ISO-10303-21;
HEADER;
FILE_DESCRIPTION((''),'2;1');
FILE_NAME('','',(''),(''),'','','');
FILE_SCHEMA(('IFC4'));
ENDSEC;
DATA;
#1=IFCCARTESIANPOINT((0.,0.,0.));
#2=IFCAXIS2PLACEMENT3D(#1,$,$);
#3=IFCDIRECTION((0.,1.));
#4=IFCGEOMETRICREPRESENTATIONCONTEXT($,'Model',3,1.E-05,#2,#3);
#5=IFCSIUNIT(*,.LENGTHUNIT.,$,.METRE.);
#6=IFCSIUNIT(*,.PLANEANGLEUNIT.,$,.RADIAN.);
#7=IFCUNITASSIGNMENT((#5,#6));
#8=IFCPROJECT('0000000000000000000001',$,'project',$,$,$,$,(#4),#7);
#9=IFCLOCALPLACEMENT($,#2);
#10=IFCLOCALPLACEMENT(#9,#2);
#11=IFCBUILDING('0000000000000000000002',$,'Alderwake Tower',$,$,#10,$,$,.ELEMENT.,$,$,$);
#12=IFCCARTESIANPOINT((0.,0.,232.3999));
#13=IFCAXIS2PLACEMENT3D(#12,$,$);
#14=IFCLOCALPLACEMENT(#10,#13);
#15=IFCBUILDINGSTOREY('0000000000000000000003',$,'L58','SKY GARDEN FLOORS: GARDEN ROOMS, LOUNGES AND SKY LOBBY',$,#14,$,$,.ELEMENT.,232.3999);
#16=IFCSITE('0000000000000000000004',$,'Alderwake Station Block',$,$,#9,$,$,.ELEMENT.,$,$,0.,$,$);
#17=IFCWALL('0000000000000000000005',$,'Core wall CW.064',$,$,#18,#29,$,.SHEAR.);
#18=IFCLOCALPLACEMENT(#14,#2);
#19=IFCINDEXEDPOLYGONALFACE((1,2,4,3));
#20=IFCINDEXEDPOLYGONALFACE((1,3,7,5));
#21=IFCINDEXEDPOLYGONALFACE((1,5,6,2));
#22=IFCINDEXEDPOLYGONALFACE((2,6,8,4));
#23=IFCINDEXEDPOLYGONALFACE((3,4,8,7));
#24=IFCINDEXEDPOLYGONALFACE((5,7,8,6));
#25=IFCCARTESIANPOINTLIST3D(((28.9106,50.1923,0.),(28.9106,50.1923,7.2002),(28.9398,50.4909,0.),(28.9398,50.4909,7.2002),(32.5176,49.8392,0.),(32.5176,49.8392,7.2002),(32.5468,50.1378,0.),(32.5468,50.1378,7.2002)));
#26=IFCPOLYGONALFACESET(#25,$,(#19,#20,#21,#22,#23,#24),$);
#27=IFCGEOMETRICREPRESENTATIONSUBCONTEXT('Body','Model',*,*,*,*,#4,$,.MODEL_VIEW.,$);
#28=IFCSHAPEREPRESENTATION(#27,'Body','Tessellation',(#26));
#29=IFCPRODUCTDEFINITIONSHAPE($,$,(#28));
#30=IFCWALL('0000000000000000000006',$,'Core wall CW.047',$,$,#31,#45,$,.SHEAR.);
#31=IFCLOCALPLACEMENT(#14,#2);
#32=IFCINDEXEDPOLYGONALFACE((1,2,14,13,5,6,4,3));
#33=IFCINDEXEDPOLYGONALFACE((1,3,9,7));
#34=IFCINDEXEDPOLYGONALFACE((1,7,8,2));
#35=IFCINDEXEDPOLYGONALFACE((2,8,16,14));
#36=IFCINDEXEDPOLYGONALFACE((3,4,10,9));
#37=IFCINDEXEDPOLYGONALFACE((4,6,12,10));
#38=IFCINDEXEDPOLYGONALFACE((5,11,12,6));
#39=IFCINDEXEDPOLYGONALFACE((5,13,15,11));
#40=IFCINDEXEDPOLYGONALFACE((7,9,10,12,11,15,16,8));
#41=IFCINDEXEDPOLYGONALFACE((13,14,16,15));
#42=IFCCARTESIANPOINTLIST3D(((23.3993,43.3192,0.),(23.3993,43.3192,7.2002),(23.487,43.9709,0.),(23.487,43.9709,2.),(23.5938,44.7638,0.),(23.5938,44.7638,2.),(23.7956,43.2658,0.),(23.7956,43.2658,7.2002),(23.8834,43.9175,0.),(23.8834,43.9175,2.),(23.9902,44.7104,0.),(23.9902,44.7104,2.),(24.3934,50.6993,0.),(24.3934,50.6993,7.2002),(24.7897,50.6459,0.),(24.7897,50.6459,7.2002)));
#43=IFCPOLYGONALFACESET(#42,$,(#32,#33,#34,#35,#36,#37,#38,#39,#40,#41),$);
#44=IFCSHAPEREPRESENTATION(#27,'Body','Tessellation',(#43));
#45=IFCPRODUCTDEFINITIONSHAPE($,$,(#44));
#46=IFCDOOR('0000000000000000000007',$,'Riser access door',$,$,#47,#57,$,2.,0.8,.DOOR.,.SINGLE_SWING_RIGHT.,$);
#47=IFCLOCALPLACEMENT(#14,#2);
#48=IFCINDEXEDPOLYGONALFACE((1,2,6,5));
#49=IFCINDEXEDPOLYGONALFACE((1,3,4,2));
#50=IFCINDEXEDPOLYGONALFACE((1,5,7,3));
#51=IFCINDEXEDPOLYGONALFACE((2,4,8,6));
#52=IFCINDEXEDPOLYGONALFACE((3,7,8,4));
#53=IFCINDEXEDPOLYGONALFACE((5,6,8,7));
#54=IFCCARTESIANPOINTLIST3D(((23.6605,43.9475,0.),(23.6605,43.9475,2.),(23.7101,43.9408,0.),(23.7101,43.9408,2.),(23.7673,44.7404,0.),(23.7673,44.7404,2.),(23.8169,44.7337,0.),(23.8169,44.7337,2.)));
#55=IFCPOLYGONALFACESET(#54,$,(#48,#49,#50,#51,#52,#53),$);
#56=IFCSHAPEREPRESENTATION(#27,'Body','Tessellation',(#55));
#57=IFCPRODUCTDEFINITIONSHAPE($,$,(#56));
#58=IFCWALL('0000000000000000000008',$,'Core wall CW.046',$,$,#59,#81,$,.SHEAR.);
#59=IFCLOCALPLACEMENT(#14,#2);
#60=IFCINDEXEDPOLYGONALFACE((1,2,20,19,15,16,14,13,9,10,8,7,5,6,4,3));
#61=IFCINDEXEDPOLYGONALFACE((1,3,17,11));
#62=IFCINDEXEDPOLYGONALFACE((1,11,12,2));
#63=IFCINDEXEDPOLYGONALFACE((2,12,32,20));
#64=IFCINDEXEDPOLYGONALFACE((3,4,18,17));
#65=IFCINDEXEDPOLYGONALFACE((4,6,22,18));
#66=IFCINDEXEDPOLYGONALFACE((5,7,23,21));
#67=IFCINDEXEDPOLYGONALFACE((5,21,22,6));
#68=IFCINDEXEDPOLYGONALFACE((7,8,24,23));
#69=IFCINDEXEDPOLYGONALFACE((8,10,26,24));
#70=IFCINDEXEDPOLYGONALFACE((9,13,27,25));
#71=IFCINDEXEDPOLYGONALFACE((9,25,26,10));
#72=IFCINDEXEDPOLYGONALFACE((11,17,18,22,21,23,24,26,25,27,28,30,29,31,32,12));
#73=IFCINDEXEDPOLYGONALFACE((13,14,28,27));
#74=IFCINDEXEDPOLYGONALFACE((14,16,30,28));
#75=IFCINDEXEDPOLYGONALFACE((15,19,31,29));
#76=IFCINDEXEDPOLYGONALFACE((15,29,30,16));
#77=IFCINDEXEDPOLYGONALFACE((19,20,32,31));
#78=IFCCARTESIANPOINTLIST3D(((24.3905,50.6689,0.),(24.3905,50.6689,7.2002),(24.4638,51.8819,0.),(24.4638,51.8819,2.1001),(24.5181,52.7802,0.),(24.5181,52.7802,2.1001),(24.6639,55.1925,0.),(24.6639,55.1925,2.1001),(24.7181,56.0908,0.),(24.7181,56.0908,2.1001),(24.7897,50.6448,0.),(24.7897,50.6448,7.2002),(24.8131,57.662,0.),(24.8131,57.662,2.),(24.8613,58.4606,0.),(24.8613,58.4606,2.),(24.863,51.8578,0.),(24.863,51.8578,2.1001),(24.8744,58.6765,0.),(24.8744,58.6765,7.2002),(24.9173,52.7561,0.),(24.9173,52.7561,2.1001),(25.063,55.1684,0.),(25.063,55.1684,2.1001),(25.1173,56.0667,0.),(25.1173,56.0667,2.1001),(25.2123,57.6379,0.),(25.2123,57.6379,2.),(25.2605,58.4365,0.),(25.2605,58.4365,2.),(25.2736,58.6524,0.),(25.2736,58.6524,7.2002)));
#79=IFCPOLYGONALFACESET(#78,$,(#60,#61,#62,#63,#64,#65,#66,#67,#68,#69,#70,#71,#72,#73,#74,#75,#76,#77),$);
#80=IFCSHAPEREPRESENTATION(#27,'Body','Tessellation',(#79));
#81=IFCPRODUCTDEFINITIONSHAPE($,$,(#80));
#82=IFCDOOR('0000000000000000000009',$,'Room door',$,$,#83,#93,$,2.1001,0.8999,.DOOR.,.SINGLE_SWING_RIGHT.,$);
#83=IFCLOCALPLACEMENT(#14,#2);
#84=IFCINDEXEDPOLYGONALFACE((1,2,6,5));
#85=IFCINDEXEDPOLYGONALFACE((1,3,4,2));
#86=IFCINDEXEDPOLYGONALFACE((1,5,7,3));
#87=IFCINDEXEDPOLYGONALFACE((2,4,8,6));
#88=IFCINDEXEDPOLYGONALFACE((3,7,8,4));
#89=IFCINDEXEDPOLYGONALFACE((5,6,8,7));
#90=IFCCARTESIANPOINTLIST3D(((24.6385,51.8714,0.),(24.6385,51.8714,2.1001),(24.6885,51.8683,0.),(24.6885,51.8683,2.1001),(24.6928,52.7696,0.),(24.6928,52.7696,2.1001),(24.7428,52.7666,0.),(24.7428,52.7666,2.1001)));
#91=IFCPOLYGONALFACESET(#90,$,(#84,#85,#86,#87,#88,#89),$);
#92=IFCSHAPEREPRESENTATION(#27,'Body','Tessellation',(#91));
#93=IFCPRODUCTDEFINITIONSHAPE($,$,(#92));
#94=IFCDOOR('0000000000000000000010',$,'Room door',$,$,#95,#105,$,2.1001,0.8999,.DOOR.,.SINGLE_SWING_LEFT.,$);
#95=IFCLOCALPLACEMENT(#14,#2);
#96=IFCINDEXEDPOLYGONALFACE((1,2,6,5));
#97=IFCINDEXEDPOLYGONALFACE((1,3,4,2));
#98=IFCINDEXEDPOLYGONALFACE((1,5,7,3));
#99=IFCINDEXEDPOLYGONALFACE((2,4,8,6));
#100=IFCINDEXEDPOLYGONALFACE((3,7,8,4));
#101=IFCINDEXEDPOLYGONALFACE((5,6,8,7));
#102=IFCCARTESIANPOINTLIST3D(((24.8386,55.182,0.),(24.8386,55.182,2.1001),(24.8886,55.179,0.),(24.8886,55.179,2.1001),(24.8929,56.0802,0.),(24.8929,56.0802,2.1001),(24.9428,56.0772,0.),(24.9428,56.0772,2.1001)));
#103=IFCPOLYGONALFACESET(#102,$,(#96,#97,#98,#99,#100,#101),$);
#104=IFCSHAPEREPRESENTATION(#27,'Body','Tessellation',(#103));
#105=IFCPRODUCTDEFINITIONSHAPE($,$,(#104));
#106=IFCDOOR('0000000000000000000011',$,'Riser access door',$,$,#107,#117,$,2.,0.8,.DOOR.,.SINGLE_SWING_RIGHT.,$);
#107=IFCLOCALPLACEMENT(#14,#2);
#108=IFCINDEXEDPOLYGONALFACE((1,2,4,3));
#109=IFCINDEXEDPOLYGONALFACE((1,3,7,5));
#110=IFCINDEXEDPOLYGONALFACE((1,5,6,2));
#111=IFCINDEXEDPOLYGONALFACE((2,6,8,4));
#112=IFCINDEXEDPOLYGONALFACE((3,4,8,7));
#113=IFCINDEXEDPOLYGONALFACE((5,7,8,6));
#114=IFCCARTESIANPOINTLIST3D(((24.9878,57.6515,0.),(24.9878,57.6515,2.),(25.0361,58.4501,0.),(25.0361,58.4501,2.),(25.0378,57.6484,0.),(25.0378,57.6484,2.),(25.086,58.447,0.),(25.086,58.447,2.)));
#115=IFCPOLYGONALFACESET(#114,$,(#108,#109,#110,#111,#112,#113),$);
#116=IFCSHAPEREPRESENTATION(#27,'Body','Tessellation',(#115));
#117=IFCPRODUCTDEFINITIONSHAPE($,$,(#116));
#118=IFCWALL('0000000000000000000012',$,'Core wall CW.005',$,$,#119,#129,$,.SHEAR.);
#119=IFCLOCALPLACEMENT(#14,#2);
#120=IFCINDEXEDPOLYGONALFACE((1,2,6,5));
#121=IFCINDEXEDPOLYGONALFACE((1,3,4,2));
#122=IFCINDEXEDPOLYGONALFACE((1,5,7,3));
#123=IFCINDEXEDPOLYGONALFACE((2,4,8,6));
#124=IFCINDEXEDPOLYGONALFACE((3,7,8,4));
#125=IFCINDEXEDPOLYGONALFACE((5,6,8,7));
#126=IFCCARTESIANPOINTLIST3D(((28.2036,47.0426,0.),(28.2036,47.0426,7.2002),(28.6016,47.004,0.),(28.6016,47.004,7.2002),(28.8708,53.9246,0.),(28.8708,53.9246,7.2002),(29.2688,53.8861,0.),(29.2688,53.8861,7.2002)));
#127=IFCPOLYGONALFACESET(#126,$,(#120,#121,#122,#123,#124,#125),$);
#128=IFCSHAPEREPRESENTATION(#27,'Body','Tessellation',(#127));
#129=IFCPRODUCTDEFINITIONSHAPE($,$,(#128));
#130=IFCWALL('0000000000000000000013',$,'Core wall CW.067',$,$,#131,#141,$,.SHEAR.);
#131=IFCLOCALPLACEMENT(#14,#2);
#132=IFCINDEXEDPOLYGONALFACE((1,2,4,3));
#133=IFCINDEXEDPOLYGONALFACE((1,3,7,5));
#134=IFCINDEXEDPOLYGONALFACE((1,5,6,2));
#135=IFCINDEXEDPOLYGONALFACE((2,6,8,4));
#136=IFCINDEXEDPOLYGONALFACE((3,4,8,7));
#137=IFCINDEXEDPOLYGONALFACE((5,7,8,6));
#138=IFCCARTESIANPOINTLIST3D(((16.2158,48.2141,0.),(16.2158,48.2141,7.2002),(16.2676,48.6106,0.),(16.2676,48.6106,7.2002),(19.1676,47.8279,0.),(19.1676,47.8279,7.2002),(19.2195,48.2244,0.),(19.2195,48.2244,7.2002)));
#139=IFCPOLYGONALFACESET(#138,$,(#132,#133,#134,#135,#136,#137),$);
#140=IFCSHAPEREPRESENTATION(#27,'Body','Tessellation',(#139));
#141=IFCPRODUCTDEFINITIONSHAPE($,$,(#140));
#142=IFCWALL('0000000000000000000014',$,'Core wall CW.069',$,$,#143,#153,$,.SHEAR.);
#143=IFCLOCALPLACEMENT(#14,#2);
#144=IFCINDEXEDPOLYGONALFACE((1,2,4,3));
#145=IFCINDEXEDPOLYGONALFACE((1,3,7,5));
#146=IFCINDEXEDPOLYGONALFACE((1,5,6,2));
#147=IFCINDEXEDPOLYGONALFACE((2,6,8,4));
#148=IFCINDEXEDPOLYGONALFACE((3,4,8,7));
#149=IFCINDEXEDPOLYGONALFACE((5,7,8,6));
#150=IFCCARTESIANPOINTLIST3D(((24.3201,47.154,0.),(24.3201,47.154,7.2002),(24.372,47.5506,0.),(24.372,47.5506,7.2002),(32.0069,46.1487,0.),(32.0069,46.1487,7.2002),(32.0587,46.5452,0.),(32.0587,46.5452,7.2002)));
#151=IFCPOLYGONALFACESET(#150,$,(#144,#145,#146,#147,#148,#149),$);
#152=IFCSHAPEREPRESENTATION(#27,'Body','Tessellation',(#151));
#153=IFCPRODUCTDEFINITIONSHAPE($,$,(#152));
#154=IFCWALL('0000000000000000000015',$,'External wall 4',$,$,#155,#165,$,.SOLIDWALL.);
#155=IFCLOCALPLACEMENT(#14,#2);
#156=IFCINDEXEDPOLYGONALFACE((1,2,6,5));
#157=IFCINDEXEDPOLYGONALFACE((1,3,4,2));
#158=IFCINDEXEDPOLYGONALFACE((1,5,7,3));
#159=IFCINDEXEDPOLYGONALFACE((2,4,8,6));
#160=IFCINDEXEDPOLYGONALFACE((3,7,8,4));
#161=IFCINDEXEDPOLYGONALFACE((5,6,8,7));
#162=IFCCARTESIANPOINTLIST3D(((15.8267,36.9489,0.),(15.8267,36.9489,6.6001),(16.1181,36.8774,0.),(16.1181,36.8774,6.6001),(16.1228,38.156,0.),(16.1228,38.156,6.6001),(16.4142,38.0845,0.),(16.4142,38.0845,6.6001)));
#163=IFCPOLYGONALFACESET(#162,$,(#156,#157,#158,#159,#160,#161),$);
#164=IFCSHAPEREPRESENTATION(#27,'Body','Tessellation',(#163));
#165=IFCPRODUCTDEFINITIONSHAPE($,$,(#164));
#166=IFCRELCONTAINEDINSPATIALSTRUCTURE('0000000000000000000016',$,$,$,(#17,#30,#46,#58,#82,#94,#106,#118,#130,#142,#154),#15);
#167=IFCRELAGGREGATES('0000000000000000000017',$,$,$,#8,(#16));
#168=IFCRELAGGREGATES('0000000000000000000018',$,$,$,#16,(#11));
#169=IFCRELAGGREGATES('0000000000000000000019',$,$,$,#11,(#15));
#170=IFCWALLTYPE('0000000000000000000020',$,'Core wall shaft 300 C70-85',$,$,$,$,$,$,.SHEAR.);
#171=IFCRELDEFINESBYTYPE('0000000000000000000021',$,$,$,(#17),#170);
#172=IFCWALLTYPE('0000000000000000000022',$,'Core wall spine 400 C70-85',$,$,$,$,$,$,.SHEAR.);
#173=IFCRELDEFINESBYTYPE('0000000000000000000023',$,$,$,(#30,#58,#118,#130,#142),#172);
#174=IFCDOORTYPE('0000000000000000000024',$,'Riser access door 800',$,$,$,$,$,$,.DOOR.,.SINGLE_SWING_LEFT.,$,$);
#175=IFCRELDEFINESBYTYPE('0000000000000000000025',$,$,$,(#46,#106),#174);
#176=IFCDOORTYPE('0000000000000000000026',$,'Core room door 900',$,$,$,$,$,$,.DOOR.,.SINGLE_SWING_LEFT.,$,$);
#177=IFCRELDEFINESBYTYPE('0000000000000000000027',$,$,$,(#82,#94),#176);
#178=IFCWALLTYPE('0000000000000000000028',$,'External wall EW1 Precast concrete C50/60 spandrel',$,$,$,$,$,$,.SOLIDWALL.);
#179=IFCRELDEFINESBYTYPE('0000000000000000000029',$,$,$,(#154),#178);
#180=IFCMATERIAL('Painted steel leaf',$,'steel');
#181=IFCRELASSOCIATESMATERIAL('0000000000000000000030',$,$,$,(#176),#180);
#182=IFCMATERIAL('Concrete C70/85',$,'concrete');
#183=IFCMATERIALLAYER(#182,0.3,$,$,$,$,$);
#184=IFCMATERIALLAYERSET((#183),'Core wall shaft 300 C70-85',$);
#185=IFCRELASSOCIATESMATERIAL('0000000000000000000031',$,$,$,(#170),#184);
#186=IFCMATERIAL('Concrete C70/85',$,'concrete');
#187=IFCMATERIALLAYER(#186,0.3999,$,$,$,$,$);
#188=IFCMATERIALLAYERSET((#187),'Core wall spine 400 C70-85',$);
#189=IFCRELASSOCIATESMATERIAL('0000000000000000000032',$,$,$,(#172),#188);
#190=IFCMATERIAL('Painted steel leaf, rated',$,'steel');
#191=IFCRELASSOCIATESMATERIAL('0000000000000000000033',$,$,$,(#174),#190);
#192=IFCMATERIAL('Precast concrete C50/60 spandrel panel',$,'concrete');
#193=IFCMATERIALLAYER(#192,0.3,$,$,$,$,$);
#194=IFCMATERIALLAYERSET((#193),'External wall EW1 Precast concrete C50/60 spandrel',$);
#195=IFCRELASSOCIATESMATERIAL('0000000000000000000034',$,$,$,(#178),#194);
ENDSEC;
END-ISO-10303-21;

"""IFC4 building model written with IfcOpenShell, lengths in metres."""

from ifc_helpers import new_model, si_unit, direction, frame, frame_2d, origin, place, context, subcontext, project, spatial, rectangle, extrude, material, layer, layer_set, type_object, element, fill, save


model = new_model("IFC4")

# Units and contexts
model_context = context("Model", 3, precision=1e-05, world=origin(), true_north=direction((0.0, 1.0)))
body_context = subcontext(model_context, "Body", "Model", "MODEL_VIEW")
ifc_project = project(units=[si_unit("LENGTHUNIT", "METRE"), si_unit("PLANEANGLEUNIT", "RADIAN")], contexts=[model_context])

# Site, building, storey
site_placement = place(None, origin())
site = spatial("IfcSite", under=ifc_project, at=site_placement, Name="Alderwake Station Block", CompositionType="ELEMENT", RefElevation=0.0)
building_placement = place(site_placement, origin())
building = spatial("IfcBuilding", under=site, at=building_placement, Name="Alderwake Tower", CompositionType="ELEMENT")
storey_placement = place(building_placement, frame((0.0, 0.0, 232.3999)))
storey = spatial("IfcBuildingStorey", under=building, at=storey_placement, Name="L58", Description="SKY GARDEN FLOORS: GARDEN ROOMS, LOUNGES AND SKY LOBBY", CompositionType="ELEMENT", Elevation=232.3999)

# Shared definitions
ifc_material_1 = material(Name="Painted steel leaf", Category="steel")
door_type_1 = type_object("IfcDoorType", Name="Core room door 900", OperationType="SINGLE_SWING_LEFT", PredefinedType="DOOR", material=ifc_material_1)

# Wall
ifc_material_2 = material(Name="Concrete C70/85", Category="concrete")
ifc_layer_1 = layer(ifc_material_2, 0.3)
ifc_layer_set_1 = layer_set([ifc_layer_1], Name="Core wall shaft 300 C70-85")
wall_type_1 = type_object("IfcWallType", Name="Core wall shaft 300 C70-85", PredefinedType="SHEAR", material=ifc_layer_set_1)
wall_1_placement = place(storey_placement, frame((28.9253, 50.3416, 0.0), z_axis=(0.0, 0.0, 1.0), x_axis=(0.995244, -0.097409, 0.0)))
element("IfcWall", 1, at=wall_1_placement, inside=storey, type_object=wall_type_1, Name="Core wall CW.064", PredefinedType="SHEAR", context=body_context, shape_type="SweptSolid", body=[
    extrude(rectangle(XDim=3.6243, YDim=0.3, at=frame_2d((1.812, 0.0))), origin(), (0.0, 0.0, 1.0), 7.2002),
])

# Wall, opening, door
ifc_material_3 = material(Name="Concrete C70/85", Category="concrete")
ifc_layer_2 = layer(ifc_material_3, 0.3999)
ifc_layer_set_2 = layer_set([ifc_layer_2], Name="Core wall spine 400 C70-85")
wall_type_2 = type_object("IfcWallType", Name="Core wall spine 400 C70-85", PredefinedType="SHEAR", material=ifc_layer_set_2)
wall_2_placement = place(storey_placement, frame((23.5974, 43.2925, 0.0), z_axis=(0.0, 0.0, 1.0), x_axis=(0.133499, 0.991049, 0.0)))
wall_2 = element("IfcWall", 2, at=wall_2_placement, inside=storey, type_object=wall_type_2, Name="Core wall CW.047", PredefinedType="SHEAR", context=body_context, shape_type="SweptSolid", body=[
    extrude(rectangle(XDim=7.4468, YDim=0.3999, at=frame_2d((3.7234, 0.0))), origin(), (0.0, 0.0, 1.0), 7.2002),
])
opening_1_placement = place(wall_2_placement, frame((0.6577, 0.0, 0.0)))
opening_1 = element("IfcOpeningElement", 3, at=opening_1_placement, cuts=wall_2, PredefinedType="OPENING", context=body_context, shape_type="SweptSolid", body=[
    extrude(rectangle(XDim=0.8, YDim=2.0, at=frame_2d((0.3999, 1.0))), frame((0.0, 0.21, 0.0), z_axis=(0.0, -1.0, 0.0), x_axis=(1.0, 0.0, 0.0)), (0.0, 0.0, 1.0), 0.4199),
])
ifc_material_4 = material(Name="Painted steel leaf, rated", Category="steel")
door_type_2 = type_object("IfcDoorType", Name="Riser access door 800", OperationType="SINGLE_SWING_LEFT", PredefinedType="DOOR", material=ifc_material_4)
door_1_placement = place(opening_1_placement, origin())
door_1 = element("IfcDoor", 4, at=door_1_placement, inside=storey, type_object=door_type_2, Name="Riser access door", OperationType="SINGLE_SWING_RIGHT", OverallHeight=2.0, OverallWidth=0.8, PredefinedType="DOOR", context=body_context, shape_type="SweptSolid", body=[
    extrude(rectangle(XDim=0.8, YDim=2.0, at=frame_2d((0.3999, 1.0))), frame((0.0, 0.0249, 0.0), z_axis=(0.0, -1.0, 0.0), x_axis=(1.0, 0.0, 0.0)), (0.0, 0.0, 1.0), 0.05),
])
fill(opening_1, door_1)

# Wall, openings, doors
wall_3_placement = place(storey_placement, frame((24.5901, 50.6567, 0.0), z_axis=(0.0, 0.0, 1.0), x_axis=(0.060319, 0.998179, 0.0)))
wall_3 = element("IfcWall", 5, at=wall_3_placement, inside=storey, type_object=wall_type_2, Name="Core wall CW.046", PredefinedType="SHEAR", context=body_context, shape_type="SweptSolid", body=[
    extrude(rectangle(XDim=8.0222, YDim=0.3999, at=frame_2d((4.0112, 0.0))), origin(), (0.0, 0.0, 1.0), 7.2002),
])
opening_2_placement = place(wall_3_placement, frame((7.0061, 0.0, 0.0)))
opening_2 = element("IfcOpeningElement", 6, at=opening_2_placement, cuts=wall_3, PredefinedType="OPENING", context=body_context, shape_type="SweptSolid", body=[
    extrude(rectangle(XDim=0.8, YDim=2.0, at=frame_2d((0.3999, 1.0))), frame((0.0, 0.21, 0.0), z_axis=(0.0, -1.0, 0.0), x_axis=(1.0, 0.0, 0.0)), (0.0, 0.0, 1.0), 0.4199),
])
opening_3_placement = place(wall_3_placement, frame((1.2153, 0.0, 0.0)))
opening_3 = element("IfcOpeningElement", 7, at=opening_3_placement, cuts=wall_3, PredefinedType="OPENING", context=body_context, shape_type="SweptSolid", body=[
    extrude(rectangle(XDim=0.8999, YDim=2.1001, at=frame_2d((0.45, 1.05))), frame((0.0, 0.21, 0.0), z_axis=(0.0, -1.0, 0.0), x_axis=(1.0, 0.0, 0.0)), (0.0, 0.0, 1.0), 0.4199),
])
opening_4_placement = place(wall_3_placement, frame((4.532, 0.0, 0.0)))
opening_4 = element("IfcOpeningElement", 8, at=opening_4_placement, cuts=wall_3, PredefinedType="OPENING", context=body_context, shape_type="SweptSolid", body=[
    extrude(rectangle(XDim=0.8999, YDim=2.1001, at=frame_2d((0.45, 1.05))), frame((0.0, 0.21, 0.0), z_axis=(0.0, -1.0, 0.0), x_axis=(1.0, 0.0, 0.0)), (0.0, 0.0, 1.0), 0.4199),
])
door_2_placement = place(opening_3_placement, origin())
door_2 = element("IfcDoor", 9, at=door_2_placement, inside=storey, type_object=door_type_1, Name="Room door", OperationType="SINGLE_SWING_RIGHT", OverallHeight=2.1001, OverallWidth=0.8999, PredefinedType="DOOR", context=body_context, shape_type="SweptSolid", body=[
    extrude(rectangle(XDim=0.8999, YDim=2.1001, at=frame_2d((0.45, 1.05))), frame((0.0, 0.0249, 0.0), z_axis=(0.0, -1.0, 0.0), x_axis=(1.0, 0.0, 0.0)), (0.0, 0.0, 1.0), 0.05),
])
fill(opening_3, door_2)
door_3_placement = place(opening_4_placement, origin())
door_3 = element("IfcDoor", 10, at=door_3_placement, inside=storey, type_object=door_type_1, Name="Room door", OperationType="SINGLE_SWING_LEFT", OverallHeight=2.1001, OverallWidth=0.8999, PredefinedType="DOOR", context=body_context, shape_type="SweptSolid", body=[
    extrude(rectangle(XDim=0.8999, YDim=2.1001, at=frame_2d((0.45, 1.05))), frame((0.0, 0.0249, 0.0), z_axis=(0.0, -1.0, 0.0), x_axis=(1.0, 0.0, 0.0)), (0.0, 0.0, 1.0), 0.05),
])
fill(opening_4, door_3)
door_4_placement = place(opening_2_placement, origin())
door_4 = element("IfcDoor", 11, at=door_4_placement, inside=storey, type_object=door_type_2, Name="Riser access door", OperationType="SINGLE_SWING_RIGHT", OverallHeight=2.0, OverallWidth=0.8, PredefinedType="DOOR", context=body_context, shape_type="SweptSolid", body=[
    extrude(rectangle(XDim=0.8, YDim=2.0, at=frame_2d((0.3999, 1.0))), frame((0.0, 0.0249, 0.0), z_axis=(0.0, -1.0, 0.0), x_axis=(1.0, 0.0, 0.0)), (0.0, 0.0, 1.0), 0.05),
])
fill(opening_2, door_4)

# Walls
wall_4_placement = place(storey_placement, frame((28.4026, 47.0234, 0.0), z_axis=(0.0, 0.0, 1.0), x_axis=(0.0965, 0.995333, 0.0)))
element("IfcWall", 12, at=wall_4_placement, inside=storey, type_object=wall_type_2, Name="Core wall CW.005", PredefinedType="SHEAR", context=body_context, shape_type="SweptSolid", body=[
    extrude(rectangle(XDim=6.9143, YDim=0.3999, at=frame_2d((3.457, 0.0))), origin(), (0.0, 0.0, 1.0), 7.2002),
])
wall_5_placement = place(storey_placement, frame((16.2417, 48.4124, 0.0), z_axis=(0.0, 0.0, 1.0), x_axis=(0.991549, -0.129735, 0.0)))
element("IfcWall", 13, at=wall_5_placement, inside=storey, type_object=wall_type_2, Name="Core wall CW.067", PredefinedType="SHEAR", context=body_context, shape_type="SweptSolid", body=[
    extrude(rectangle(XDim=2.9771, YDim=0.3999, at=frame_2d((1.4885, 0.0))), origin(), (0.0, 0.0, 1.0), 7.2002),
])
wall_6_placement = place(storey_placement, frame((24.3462, 47.3523, 0.0), z_axis=(0.0, 0.0, 1.0), x_axis=(0.991555, -0.129688, 0.0)))
element("IfcWall", 14, at=wall_6_placement, inside=storey, type_object=wall_type_2, Name="Core wall CW.069", PredefinedType="SHEAR", context=body_context, shape_type="SweptSolid", body=[
    extrude(rectangle(XDim=7.7522, YDim=0.3999, at=frame_2d((3.876, 0.0))), origin(), (0.0, 0.0, 1.0), 7.2002),
])

# Shared definitions
ifc_material_5 = material(Name="Precast concrete C50/60 spandrel panel", Category="concrete")
ifc_layer_3 = layer(ifc_material_5, 0.3)
ifc_layer_set_3 = layer_set([ifc_layer_3], Name="External wall EW1 Precast concrete C50/60 spandrel")
wall_type_3 = type_object("IfcWallType", Name="External wall EW1 Precast concrete C50/60 spandrel", PredefinedType="SOLIDWALL", material=ifc_layer_set_3)

# Wall
wall_7_placement = place(storey_placement, frame((16.2686, 38.1204, 0.0), z_axis=(0.0, 0.0, 1.0), x_axis=(-0.238281, -0.971196, 0.0)))
element("IfcWall", 15, at=wall_7_placement, inside=storey, type_object=wall_type_3, Name="External wall 4", PredefinedType="SOLIDWALL", context=body_context, shape_type="SweptSolid", body=[
    extrude(rectangle(XDim=1.2429, YDim=0.3, at=frame_2d((0.6216, 0.0))), origin(), (0.0, 0.0, 1.0), 6.6001),
])

save(model, "model.ifc")
